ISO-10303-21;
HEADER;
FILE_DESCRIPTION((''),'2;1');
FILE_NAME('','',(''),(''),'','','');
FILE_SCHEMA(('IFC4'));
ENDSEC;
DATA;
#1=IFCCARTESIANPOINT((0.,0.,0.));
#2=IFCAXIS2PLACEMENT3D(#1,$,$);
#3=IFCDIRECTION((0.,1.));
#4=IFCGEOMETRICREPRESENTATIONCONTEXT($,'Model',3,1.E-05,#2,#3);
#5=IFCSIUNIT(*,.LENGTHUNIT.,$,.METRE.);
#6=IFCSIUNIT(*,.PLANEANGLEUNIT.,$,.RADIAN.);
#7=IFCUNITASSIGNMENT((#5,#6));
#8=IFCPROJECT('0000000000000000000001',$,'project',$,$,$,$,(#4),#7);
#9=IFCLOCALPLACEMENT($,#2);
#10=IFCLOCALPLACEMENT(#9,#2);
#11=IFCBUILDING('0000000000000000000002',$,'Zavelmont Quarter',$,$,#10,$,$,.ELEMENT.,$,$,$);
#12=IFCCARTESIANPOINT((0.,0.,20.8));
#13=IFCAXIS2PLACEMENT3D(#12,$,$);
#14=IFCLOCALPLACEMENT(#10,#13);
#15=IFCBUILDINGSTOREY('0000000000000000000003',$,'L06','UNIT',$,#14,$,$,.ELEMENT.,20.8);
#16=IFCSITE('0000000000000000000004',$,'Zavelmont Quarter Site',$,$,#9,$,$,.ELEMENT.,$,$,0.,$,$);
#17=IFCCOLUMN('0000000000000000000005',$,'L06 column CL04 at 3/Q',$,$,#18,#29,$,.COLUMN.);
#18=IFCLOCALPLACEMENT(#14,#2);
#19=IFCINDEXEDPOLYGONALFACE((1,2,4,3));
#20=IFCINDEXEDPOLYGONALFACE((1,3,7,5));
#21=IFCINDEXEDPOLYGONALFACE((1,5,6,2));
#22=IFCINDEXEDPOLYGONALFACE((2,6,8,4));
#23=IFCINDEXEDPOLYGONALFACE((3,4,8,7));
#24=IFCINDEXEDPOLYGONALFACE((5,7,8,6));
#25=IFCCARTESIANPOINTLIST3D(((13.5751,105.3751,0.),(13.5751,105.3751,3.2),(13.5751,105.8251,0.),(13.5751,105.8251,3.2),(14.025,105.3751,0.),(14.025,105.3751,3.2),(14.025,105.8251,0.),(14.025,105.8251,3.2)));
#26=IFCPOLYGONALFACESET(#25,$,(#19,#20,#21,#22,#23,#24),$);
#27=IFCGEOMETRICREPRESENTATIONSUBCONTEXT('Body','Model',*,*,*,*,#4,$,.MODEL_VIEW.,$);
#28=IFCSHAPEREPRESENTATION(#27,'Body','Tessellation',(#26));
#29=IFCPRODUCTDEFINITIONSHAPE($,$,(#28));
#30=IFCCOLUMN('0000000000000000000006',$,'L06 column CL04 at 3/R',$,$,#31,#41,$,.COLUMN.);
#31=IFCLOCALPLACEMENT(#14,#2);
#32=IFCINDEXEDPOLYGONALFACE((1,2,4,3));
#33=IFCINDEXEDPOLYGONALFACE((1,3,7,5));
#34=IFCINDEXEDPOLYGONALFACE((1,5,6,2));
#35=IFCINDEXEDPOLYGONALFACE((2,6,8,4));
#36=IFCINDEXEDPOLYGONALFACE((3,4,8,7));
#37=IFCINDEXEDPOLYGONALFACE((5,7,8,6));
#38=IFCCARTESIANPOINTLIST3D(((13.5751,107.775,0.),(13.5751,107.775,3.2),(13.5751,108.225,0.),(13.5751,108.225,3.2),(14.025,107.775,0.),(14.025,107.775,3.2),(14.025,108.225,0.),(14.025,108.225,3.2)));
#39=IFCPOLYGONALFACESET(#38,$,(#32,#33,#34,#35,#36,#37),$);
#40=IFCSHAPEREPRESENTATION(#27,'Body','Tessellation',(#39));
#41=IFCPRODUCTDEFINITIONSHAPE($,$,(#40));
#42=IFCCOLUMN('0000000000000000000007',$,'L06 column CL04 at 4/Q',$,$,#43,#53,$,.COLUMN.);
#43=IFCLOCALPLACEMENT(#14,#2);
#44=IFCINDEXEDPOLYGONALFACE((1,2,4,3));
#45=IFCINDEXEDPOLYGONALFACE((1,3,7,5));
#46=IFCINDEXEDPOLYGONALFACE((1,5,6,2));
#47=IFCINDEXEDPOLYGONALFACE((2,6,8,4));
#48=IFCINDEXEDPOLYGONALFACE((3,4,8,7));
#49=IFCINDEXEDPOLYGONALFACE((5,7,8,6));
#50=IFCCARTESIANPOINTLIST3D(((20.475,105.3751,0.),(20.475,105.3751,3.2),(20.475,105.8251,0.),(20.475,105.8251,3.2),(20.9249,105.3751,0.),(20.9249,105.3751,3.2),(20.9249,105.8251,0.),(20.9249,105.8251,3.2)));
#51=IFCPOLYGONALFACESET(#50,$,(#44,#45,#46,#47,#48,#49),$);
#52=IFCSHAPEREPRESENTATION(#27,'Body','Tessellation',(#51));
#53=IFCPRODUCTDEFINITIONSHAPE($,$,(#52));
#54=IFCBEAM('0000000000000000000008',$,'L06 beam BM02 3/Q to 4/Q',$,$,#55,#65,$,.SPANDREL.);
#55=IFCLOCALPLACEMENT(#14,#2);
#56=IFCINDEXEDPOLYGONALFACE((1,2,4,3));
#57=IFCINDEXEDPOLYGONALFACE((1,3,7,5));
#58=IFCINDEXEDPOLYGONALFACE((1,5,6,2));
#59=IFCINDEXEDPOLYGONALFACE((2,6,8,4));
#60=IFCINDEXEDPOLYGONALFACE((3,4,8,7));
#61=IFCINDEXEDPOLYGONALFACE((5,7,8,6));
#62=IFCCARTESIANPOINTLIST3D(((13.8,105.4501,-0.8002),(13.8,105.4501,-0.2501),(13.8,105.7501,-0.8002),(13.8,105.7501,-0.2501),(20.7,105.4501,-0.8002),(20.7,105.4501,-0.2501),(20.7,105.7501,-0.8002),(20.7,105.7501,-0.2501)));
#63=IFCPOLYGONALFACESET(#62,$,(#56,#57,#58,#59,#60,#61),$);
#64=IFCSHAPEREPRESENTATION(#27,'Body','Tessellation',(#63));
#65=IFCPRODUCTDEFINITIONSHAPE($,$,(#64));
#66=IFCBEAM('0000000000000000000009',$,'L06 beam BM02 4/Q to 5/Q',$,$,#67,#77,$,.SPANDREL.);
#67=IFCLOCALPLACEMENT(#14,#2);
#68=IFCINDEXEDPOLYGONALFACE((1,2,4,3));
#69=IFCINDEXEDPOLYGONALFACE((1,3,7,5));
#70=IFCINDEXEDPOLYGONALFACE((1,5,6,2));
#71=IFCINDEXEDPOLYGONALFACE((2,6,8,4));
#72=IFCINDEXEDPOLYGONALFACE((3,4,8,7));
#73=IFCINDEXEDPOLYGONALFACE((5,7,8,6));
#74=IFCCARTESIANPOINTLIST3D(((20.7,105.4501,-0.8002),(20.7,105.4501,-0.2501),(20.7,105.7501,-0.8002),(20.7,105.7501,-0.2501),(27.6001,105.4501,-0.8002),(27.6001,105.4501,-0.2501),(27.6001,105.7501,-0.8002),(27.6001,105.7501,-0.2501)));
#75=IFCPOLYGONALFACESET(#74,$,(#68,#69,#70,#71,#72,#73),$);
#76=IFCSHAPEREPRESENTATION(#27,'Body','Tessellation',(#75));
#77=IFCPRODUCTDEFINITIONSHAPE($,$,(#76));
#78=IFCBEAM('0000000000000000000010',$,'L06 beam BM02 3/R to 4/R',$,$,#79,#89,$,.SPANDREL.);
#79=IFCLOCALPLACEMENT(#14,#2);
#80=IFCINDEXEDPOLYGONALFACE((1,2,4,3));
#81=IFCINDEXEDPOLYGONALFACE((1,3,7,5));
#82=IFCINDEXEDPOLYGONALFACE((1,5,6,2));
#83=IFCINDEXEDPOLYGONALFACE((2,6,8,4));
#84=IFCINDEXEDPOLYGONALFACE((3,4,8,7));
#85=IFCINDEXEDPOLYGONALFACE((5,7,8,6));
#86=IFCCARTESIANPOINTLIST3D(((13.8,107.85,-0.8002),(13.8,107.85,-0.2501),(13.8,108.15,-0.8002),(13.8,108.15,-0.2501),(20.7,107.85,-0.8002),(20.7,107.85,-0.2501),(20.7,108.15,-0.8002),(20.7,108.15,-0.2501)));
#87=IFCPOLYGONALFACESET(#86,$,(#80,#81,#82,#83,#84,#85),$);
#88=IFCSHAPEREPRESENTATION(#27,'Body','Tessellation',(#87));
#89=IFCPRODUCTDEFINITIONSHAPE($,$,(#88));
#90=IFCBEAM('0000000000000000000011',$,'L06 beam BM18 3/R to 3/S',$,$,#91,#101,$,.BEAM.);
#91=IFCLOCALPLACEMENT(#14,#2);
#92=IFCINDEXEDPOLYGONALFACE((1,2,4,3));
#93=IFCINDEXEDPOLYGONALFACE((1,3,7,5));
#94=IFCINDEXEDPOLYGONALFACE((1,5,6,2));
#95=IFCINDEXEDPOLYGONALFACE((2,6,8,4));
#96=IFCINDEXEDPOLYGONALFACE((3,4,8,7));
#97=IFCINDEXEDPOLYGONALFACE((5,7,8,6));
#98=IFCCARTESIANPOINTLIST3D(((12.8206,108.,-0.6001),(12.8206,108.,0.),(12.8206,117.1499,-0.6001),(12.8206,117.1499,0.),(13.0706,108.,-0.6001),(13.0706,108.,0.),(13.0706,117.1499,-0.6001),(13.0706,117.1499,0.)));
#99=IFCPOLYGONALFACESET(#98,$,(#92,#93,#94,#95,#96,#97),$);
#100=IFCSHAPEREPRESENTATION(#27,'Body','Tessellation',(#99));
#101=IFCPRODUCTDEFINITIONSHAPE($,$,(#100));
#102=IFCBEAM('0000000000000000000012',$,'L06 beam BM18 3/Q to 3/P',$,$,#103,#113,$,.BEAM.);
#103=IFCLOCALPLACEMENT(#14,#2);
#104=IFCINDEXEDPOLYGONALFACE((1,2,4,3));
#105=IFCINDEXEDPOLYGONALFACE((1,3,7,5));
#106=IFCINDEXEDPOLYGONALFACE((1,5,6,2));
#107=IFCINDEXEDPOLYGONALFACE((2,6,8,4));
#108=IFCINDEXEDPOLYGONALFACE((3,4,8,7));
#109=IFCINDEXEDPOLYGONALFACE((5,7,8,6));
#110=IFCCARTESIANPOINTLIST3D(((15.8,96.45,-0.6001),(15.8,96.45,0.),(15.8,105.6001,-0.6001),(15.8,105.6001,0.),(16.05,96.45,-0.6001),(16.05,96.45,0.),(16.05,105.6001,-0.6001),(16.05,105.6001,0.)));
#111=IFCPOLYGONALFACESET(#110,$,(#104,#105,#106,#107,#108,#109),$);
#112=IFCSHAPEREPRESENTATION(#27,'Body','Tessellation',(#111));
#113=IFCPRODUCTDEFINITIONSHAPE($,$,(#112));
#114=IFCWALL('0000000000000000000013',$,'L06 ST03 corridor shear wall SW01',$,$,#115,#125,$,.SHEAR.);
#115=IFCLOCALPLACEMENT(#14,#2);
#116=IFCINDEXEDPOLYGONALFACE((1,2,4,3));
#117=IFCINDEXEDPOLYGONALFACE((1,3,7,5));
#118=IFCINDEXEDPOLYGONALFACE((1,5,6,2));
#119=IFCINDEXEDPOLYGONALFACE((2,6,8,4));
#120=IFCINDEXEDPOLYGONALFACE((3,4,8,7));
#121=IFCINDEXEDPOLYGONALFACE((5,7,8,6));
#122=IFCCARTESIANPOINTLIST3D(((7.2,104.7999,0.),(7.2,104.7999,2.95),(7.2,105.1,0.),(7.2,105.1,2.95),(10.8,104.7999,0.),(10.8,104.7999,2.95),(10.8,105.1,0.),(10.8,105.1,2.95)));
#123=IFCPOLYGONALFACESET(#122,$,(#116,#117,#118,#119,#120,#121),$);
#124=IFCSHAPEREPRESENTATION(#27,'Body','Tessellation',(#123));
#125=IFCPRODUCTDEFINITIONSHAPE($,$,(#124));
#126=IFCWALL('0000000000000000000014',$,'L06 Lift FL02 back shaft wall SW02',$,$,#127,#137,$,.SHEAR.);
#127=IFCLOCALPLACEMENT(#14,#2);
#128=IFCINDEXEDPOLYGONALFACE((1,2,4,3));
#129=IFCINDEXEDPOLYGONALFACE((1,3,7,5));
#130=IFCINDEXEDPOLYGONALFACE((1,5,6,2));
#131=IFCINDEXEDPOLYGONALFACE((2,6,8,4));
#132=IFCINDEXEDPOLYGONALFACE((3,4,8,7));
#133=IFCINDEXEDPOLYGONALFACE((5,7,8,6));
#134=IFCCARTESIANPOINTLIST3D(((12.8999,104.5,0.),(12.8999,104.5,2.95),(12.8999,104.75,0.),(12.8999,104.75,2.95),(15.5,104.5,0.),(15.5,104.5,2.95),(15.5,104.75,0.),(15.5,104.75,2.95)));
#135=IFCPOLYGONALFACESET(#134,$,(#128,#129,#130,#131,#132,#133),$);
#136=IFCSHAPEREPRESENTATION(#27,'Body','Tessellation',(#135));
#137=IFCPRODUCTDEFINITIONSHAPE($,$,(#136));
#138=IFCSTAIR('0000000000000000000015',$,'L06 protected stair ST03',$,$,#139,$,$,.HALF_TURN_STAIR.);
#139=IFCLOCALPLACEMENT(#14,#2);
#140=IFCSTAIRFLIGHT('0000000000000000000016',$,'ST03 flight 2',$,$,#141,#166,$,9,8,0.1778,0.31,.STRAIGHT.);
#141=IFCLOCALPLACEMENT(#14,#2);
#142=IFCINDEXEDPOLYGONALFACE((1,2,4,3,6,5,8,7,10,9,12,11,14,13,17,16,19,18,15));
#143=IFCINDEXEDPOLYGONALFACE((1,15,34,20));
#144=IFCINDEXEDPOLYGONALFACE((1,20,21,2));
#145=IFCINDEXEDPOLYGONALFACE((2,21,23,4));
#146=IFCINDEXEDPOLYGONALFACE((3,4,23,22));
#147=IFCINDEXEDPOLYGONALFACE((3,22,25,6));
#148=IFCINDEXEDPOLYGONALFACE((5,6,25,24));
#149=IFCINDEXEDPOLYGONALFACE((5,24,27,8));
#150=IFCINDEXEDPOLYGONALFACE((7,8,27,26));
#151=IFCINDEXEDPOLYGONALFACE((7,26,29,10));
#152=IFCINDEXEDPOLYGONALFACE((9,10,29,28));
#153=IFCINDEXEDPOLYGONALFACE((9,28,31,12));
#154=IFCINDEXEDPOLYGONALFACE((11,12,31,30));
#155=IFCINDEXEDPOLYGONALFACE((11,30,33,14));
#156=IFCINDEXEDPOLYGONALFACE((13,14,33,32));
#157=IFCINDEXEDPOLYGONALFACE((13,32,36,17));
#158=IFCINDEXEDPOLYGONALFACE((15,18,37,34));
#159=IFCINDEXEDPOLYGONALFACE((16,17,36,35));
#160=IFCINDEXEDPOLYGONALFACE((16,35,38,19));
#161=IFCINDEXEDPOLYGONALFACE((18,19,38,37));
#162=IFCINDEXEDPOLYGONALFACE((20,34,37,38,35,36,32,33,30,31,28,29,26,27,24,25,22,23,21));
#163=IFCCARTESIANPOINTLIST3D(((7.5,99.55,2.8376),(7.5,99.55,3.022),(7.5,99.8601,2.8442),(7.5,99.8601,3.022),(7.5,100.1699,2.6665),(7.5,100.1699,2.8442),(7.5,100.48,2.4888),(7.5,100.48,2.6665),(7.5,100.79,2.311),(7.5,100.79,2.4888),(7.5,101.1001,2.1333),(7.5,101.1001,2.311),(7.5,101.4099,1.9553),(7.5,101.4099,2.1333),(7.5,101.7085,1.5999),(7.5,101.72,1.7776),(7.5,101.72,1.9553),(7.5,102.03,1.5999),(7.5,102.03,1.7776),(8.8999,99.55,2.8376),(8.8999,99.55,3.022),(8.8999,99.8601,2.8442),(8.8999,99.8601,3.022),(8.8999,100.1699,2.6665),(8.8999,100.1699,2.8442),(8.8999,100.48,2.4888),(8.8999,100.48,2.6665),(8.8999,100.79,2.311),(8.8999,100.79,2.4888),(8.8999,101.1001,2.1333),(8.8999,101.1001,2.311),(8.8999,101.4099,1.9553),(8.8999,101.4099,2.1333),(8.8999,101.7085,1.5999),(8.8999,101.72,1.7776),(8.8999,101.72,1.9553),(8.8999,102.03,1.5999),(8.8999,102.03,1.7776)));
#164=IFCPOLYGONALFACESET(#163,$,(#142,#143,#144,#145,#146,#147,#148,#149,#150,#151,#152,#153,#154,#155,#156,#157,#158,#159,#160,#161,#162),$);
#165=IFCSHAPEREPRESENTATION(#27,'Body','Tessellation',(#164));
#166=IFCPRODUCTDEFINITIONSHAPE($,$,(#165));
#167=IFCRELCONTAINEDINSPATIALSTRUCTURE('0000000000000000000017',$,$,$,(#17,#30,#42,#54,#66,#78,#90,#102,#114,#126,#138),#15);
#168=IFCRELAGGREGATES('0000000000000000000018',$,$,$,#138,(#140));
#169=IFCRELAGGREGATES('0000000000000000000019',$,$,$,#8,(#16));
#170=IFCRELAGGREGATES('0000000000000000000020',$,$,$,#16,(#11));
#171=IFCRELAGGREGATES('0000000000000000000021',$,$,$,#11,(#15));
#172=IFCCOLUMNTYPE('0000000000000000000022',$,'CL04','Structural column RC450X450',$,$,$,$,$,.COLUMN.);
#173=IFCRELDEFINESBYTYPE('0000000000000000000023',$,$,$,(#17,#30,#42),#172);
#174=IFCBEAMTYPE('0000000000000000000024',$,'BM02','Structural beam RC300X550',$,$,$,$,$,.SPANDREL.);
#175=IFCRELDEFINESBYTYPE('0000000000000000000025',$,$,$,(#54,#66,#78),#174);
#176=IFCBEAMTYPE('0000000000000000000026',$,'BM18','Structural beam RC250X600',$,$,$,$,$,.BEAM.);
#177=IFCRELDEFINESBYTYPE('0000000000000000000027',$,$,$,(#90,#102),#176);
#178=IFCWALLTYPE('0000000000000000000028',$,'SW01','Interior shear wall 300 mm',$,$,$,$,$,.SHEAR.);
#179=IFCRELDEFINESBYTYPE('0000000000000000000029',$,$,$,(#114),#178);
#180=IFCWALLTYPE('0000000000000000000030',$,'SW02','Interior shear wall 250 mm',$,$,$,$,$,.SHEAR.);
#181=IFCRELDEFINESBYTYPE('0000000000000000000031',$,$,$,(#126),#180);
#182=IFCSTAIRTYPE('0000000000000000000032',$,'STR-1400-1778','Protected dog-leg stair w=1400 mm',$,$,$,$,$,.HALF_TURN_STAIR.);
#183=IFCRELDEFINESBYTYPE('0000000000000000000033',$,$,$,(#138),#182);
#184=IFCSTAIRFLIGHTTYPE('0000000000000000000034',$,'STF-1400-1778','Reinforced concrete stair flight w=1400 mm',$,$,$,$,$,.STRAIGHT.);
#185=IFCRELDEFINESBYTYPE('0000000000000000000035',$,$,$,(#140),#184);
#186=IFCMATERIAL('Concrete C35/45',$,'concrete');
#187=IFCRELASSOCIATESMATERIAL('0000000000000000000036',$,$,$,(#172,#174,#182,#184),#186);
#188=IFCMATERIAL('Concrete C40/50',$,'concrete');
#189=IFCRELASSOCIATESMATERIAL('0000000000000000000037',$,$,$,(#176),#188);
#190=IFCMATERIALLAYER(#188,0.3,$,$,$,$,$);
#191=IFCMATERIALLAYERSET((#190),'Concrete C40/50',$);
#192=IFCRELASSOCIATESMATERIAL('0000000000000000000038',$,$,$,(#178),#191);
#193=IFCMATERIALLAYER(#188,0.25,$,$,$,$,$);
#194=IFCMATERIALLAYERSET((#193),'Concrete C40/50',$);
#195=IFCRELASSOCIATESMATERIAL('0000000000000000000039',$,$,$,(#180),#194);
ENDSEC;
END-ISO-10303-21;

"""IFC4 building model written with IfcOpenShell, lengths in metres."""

from ifc_helpers import new_model, si_unit, direction, frame, frame_2d, origin, origin_2d, place, context, subcontext, project, spatial, polyline, rectangle, outline, extrude, material, layer, layer_set, material_profile, profile_set, type_object, element, aggregate, save


model = new_model("IFC4")

# Units and contexts
model_context = context("Model", 3, precision=1e-05, world=origin(), true_north=direction((0.0, 1.0)))
body_context = subcontext(model_context, "Body", "Model", "MODEL_VIEW")
ifc_project = project(units=[si_unit("LENGTHUNIT", "METRE"), si_unit("PLANEANGLEUNIT", "RADIAN")], contexts=[model_context])

# Site, building, storey
site_placement = place(None, origin())
site = spatial("IfcSite", under=ifc_project, at=site_placement, Name="Zavelmont Quarter Site", CompositionType="ELEMENT", RefElevation=0.0)
building_placement = place(site_placement, origin())
building = spatial("IfcBuilding", under=site, at=building_placement, Name="Zavelmont Quarter", CompositionType="ELEMENT")
storey_placement = place(building_placement, frame((0.0, 0.0, 20.8)))
storey = spatial("IfcBuildingStorey", under=building, at=storey_placement, Name="L06", Description="UNIT", CompositionType="ELEMENT", Elevation=20.8)

# Columns
ifc_material_1 = material(Name="Concrete C35/45", Category="concrete")
ifc_material_profile_1 = material_profile(ifc_material_1, rectangle(XDim=0.45, YDim=0.45, at=origin_2d()), Name="RC450X450")
ifc_profile_set_1 = profile_set([ifc_material_profile_1], Name="Concrete C35/45")
column_type = type_object("IfcColumnType", Name="CL04", Description="Structural column RC450X450", PredefinedType="COLUMN", material=ifc_profile_set_1)
for number, where, z_axis, x_axis, name in (
    (1, (13.8, 105.6001, 0.0), (0.0, 0.0, 1.0), (1.0, 0.0, 0.0), "L06 column CL04 at 3/Q"),
    (2, (13.8, 108.0, 0.0), (0.0, 0.0, 1.0), (1.0, 0.0, 0.0), "L06 column CL04 at 3/R"),
    (3, (20.7, 105.6001, 0.0), (0.0, 0.0, 1.0), (1.0, 0.0, 0.0), "L06 column CL04 at 4/Q"),
):
    element("IfcColumn", number, at=place(storey_placement, frame(where, z_axis=z_axis, x_axis=x_axis)), inside=storey, type_object=column_type, Name=name, PredefinedType="COLUMN", context=body_context, shape_type="SweptSolid", body=[
        extrude(rectangle(XDim=0.45, YDim=0.45, at=origin_2d()), origin(), (0.0, 0.0, 1.0), 3.2),
    ])

# Beams
ifc_material_profile_2 = material_profile(ifc_material_1, rectangle(XDim=0.3, YDim=0.55, at=origin_2d()), Name="RC300X550")
ifc_profile_set_2 = profile_set([ifc_material_profile_2], Name="Concrete C35/45")
beam_type_1 = type_object("IfcBeamType", Name="BM02", Description="Structural beam RC300X550", PredefinedType="SPANDREL", material=ifc_profile_set_2)
beam_1_placement = place(storey_placement, frame((13.8, 105.6001, -0.5251), z_axis=(1.0, 0.0, 0.0), x_axis=(0.0, 1.0, 0.0)))
element("IfcBeam", 4, at=beam_1_placement, inside=storey, type_object=beam_type_1, Name="L06 beam BM02 3/Q to 4/Q", PredefinedType="SPANDREL", context=body_context, shape_type="SweptSolid", body=[
    extrude(rectangle(XDim=0.3, YDim=0.55, at=origin_2d()), origin(), (0.0, 0.0, 1.0), 6.8999),
])
beam_2_placement = place(storey_placement, frame((20.7, 105.6001, -0.5251), z_axis=(1.0, 0.0, 0.0), x_axis=(0.0, 1.0, 0.0)))
element("IfcBeam", 5, at=beam_2_placement, inside=storey, type_object=beam_type_1, Name="L06 beam BM02 4/Q to 5/Q", PredefinedType="SPANDREL", context=body_context, shape_type="SweptSolid", body=[
    extrude(rectangle(XDim=0.3, YDim=0.55, at=origin_2d()), origin(), (0.0, 0.0, 1.0), 6.9001),
])
beam_3_placement = place(storey_placement, frame((13.8, 108.0, -0.5251), z_axis=(1.0, 0.0, 0.0), x_axis=(0.0, 1.0, 0.0)))
element("IfcBeam", 6, at=beam_3_placement, inside=storey, type_object=beam_type_1, Name="L06 beam BM02 3/R to 4/R", PredefinedType="SPANDREL", context=body_context, shape_type="SweptSolid", body=[
    extrude(rectangle(XDim=0.3, YDim=0.55, at=origin_2d()), origin(), (0.0, 0.0, 1.0), 6.8999),
])
ifc_material_2 = material(Name="Concrete C40/50", Category="concrete")
ifc_material_profile_3 = material_profile(ifc_material_2, rectangle(XDim=0.25, YDim=0.6001, at=origin_2d()), Name="RC250X600")
ifc_profile_set_3 = profile_set([ifc_material_profile_3], Name="Concrete C40/50")
beam_type_2 = type_object("IfcBeamType", Name="BM18", Description="Structural beam RC250X600", PredefinedType="BEAM", material=ifc_profile_set_3)
beam_4_placement = place(storey_placement, frame((12.9456, 108.0, -0.3), z_axis=(0.0, 1.0, 0.0), x_axis=(-1.0, 0.0, 0.0)))
element("IfcBeam", 7, at=beam_4_placement, inside=storey, type_object=beam_type_2, Name="L06 beam BM18 3/R to 3/S", PredefinedType="BEAM", context=body_context, shape_type="SweptSolid", body=[
    extrude(rectangle(XDim=0.25, YDim=0.6001, at=origin_2d()), origin(), (0.0, 0.0, 1.0), 9.1499),
])
beam_5_placement = place(storey_placement, frame((15.925, 105.6001, -0.3), z_axis=(0.0, -1.0, 0.0), x_axis=(1.0, 0.0, 0.0)))
element("IfcBeam", 8, at=beam_5_placement, inside=storey, type_object=beam_type_2, Name="L06 beam BM18 3/Q to 3/P", PredefinedType="BEAM", context=body_context, shape_type="SweptSolid", body=[
    extrude(rectangle(XDim=0.25, YDim=0.6001, at=origin_2d()), origin(), (0.0, 0.0, 1.0), 9.1501),
])

# Walls
ifc_layer_1 = layer(ifc_material_2, 0.3)
ifc_layer_set_1 = layer_set([ifc_layer_1], Name="Concrete C40/50")
wall_type_1 = type_object("IfcWallType", Name="SW01", Description="Interior shear wall 300 mm", PredefinedType="SHEAR", material=ifc_layer_set_1)
wall_1_placement = place(storey_placement, frame((7.2, 104.95, 0.0), z_axis=(0.0, 0.0, 1.0), x_axis=(1.0, 0.0, 0.0)))
element("IfcWall", 9, at=wall_1_placement, inside=storey, type_object=wall_type_1, Name="L06 ST03 corridor shear wall SW01", PredefinedType="SHEAR", context=body_context, shape_type="SweptSolid", body=[
    extrude(rectangle(XDim=3.6001, YDim=0.3, at=frame_2d((1.8, 0.0))), origin(), (0.0, 0.0, 1.0), 2.95),
])
ifc_layer_2 = layer(ifc_material_2, 0.25)
ifc_layer_set_2 = layer_set([ifc_layer_2], Name="Concrete C40/50")
wall_type_2 = type_object("IfcWallType", Name="SW02", Description="Interior shear wall 250 mm", PredefinedType="SHEAR", material=ifc_layer_set_2)
wall_2_placement = place(storey_placement, frame((12.8999, 104.625, 0.0), z_axis=(0.0, 0.0, 1.0), x_axis=(1.0, 0.0, 0.0)))
element("IfcWall", 10, at=wall_2_placement, inside=storey, type_object=wall_type_2, Name="L06 Lift FL02 back shaft wall SW02", PredefinedType="SHEAR", context=body_context, shape_type="SweptSolid", body=[
    extrude(rectangle(XDim=2.6001, YDim=0.25, at=frame_2d((1.3, 0.0))), origin(), (0.0, 0.0, 1.0), 2.95),
])

# Stair, stair flight
stair_type = type_object("IfcStairType", Name="STR-1400-1778", Description="Protected dog-leg stair w=1400 mm", PredefinedType="HALF_TURN_STAIR", material=ifc_material_1)
stair_placement = place(storey_placement, origin())
stair = element("IfcStair", 11, at=stair_placement, inside=storey, type_object=stair_type, Name="L06 protected stair ST03", PredefinedType="HALF_TURN_STAIR")
stair_flight_type = type_object("IfcStairFlightType", Name="STF-1400-1778", Description="Reinforced concrete stair flight w=1400 mm", PredefinedType="STRAIGHT", material=ifc_material_1)
stair_flight_placement = place(storey_placement, frame((8.2, 102.03, 1.5999), z_axis=(0.0, 0.0, 1.0), x_axis=(0.0, -1.0, 0.0)))
stair_flight = element("IfcStairFlight", 12, at=stair_flight_placement, type_object=stair_flight_type, Name="ST03 flight 2", NumberOfRisers=9, NumberOfTreads=8, PredefinedType="STRAIGHT", RiserHeight=0.1778, TreadLength=0.31, context=body_context, shape_type="SweptSolid", body=[
    extrude(outline(polyline([(0.0, 0.0), (0.0, 0.1777), (0.3101, 0.1777), (0.3101, 0.3555), (0.6201, 0.3555), (0.6201, 0.5334), (0.9299, 0.5334), (0.9299, 0.7112), (1.24, 0.7112), (1.24, 0.8889), (1.55, 0.8889), (1.55, 1.0667), (1.8601, 1.0667), (1.8601, 1.2444), (2.1699, 1.2444), (2.1699, 1.4221), (2.48, 1.4221), (2.48, 1.6001), (2.48, 1.2378), (0.3215, 0.0), (0.0, 0.0)])), frame((0.0, 0.7, 0.0), z_axis=(0.0, -1.0, 0.0), x_axis=(1.0, 0.0, 0.0)), (0.0, 0.0, 1.0), 1.3999),
])
aggregate(stair, [stair_flight])

save(model, "model.ifc")
